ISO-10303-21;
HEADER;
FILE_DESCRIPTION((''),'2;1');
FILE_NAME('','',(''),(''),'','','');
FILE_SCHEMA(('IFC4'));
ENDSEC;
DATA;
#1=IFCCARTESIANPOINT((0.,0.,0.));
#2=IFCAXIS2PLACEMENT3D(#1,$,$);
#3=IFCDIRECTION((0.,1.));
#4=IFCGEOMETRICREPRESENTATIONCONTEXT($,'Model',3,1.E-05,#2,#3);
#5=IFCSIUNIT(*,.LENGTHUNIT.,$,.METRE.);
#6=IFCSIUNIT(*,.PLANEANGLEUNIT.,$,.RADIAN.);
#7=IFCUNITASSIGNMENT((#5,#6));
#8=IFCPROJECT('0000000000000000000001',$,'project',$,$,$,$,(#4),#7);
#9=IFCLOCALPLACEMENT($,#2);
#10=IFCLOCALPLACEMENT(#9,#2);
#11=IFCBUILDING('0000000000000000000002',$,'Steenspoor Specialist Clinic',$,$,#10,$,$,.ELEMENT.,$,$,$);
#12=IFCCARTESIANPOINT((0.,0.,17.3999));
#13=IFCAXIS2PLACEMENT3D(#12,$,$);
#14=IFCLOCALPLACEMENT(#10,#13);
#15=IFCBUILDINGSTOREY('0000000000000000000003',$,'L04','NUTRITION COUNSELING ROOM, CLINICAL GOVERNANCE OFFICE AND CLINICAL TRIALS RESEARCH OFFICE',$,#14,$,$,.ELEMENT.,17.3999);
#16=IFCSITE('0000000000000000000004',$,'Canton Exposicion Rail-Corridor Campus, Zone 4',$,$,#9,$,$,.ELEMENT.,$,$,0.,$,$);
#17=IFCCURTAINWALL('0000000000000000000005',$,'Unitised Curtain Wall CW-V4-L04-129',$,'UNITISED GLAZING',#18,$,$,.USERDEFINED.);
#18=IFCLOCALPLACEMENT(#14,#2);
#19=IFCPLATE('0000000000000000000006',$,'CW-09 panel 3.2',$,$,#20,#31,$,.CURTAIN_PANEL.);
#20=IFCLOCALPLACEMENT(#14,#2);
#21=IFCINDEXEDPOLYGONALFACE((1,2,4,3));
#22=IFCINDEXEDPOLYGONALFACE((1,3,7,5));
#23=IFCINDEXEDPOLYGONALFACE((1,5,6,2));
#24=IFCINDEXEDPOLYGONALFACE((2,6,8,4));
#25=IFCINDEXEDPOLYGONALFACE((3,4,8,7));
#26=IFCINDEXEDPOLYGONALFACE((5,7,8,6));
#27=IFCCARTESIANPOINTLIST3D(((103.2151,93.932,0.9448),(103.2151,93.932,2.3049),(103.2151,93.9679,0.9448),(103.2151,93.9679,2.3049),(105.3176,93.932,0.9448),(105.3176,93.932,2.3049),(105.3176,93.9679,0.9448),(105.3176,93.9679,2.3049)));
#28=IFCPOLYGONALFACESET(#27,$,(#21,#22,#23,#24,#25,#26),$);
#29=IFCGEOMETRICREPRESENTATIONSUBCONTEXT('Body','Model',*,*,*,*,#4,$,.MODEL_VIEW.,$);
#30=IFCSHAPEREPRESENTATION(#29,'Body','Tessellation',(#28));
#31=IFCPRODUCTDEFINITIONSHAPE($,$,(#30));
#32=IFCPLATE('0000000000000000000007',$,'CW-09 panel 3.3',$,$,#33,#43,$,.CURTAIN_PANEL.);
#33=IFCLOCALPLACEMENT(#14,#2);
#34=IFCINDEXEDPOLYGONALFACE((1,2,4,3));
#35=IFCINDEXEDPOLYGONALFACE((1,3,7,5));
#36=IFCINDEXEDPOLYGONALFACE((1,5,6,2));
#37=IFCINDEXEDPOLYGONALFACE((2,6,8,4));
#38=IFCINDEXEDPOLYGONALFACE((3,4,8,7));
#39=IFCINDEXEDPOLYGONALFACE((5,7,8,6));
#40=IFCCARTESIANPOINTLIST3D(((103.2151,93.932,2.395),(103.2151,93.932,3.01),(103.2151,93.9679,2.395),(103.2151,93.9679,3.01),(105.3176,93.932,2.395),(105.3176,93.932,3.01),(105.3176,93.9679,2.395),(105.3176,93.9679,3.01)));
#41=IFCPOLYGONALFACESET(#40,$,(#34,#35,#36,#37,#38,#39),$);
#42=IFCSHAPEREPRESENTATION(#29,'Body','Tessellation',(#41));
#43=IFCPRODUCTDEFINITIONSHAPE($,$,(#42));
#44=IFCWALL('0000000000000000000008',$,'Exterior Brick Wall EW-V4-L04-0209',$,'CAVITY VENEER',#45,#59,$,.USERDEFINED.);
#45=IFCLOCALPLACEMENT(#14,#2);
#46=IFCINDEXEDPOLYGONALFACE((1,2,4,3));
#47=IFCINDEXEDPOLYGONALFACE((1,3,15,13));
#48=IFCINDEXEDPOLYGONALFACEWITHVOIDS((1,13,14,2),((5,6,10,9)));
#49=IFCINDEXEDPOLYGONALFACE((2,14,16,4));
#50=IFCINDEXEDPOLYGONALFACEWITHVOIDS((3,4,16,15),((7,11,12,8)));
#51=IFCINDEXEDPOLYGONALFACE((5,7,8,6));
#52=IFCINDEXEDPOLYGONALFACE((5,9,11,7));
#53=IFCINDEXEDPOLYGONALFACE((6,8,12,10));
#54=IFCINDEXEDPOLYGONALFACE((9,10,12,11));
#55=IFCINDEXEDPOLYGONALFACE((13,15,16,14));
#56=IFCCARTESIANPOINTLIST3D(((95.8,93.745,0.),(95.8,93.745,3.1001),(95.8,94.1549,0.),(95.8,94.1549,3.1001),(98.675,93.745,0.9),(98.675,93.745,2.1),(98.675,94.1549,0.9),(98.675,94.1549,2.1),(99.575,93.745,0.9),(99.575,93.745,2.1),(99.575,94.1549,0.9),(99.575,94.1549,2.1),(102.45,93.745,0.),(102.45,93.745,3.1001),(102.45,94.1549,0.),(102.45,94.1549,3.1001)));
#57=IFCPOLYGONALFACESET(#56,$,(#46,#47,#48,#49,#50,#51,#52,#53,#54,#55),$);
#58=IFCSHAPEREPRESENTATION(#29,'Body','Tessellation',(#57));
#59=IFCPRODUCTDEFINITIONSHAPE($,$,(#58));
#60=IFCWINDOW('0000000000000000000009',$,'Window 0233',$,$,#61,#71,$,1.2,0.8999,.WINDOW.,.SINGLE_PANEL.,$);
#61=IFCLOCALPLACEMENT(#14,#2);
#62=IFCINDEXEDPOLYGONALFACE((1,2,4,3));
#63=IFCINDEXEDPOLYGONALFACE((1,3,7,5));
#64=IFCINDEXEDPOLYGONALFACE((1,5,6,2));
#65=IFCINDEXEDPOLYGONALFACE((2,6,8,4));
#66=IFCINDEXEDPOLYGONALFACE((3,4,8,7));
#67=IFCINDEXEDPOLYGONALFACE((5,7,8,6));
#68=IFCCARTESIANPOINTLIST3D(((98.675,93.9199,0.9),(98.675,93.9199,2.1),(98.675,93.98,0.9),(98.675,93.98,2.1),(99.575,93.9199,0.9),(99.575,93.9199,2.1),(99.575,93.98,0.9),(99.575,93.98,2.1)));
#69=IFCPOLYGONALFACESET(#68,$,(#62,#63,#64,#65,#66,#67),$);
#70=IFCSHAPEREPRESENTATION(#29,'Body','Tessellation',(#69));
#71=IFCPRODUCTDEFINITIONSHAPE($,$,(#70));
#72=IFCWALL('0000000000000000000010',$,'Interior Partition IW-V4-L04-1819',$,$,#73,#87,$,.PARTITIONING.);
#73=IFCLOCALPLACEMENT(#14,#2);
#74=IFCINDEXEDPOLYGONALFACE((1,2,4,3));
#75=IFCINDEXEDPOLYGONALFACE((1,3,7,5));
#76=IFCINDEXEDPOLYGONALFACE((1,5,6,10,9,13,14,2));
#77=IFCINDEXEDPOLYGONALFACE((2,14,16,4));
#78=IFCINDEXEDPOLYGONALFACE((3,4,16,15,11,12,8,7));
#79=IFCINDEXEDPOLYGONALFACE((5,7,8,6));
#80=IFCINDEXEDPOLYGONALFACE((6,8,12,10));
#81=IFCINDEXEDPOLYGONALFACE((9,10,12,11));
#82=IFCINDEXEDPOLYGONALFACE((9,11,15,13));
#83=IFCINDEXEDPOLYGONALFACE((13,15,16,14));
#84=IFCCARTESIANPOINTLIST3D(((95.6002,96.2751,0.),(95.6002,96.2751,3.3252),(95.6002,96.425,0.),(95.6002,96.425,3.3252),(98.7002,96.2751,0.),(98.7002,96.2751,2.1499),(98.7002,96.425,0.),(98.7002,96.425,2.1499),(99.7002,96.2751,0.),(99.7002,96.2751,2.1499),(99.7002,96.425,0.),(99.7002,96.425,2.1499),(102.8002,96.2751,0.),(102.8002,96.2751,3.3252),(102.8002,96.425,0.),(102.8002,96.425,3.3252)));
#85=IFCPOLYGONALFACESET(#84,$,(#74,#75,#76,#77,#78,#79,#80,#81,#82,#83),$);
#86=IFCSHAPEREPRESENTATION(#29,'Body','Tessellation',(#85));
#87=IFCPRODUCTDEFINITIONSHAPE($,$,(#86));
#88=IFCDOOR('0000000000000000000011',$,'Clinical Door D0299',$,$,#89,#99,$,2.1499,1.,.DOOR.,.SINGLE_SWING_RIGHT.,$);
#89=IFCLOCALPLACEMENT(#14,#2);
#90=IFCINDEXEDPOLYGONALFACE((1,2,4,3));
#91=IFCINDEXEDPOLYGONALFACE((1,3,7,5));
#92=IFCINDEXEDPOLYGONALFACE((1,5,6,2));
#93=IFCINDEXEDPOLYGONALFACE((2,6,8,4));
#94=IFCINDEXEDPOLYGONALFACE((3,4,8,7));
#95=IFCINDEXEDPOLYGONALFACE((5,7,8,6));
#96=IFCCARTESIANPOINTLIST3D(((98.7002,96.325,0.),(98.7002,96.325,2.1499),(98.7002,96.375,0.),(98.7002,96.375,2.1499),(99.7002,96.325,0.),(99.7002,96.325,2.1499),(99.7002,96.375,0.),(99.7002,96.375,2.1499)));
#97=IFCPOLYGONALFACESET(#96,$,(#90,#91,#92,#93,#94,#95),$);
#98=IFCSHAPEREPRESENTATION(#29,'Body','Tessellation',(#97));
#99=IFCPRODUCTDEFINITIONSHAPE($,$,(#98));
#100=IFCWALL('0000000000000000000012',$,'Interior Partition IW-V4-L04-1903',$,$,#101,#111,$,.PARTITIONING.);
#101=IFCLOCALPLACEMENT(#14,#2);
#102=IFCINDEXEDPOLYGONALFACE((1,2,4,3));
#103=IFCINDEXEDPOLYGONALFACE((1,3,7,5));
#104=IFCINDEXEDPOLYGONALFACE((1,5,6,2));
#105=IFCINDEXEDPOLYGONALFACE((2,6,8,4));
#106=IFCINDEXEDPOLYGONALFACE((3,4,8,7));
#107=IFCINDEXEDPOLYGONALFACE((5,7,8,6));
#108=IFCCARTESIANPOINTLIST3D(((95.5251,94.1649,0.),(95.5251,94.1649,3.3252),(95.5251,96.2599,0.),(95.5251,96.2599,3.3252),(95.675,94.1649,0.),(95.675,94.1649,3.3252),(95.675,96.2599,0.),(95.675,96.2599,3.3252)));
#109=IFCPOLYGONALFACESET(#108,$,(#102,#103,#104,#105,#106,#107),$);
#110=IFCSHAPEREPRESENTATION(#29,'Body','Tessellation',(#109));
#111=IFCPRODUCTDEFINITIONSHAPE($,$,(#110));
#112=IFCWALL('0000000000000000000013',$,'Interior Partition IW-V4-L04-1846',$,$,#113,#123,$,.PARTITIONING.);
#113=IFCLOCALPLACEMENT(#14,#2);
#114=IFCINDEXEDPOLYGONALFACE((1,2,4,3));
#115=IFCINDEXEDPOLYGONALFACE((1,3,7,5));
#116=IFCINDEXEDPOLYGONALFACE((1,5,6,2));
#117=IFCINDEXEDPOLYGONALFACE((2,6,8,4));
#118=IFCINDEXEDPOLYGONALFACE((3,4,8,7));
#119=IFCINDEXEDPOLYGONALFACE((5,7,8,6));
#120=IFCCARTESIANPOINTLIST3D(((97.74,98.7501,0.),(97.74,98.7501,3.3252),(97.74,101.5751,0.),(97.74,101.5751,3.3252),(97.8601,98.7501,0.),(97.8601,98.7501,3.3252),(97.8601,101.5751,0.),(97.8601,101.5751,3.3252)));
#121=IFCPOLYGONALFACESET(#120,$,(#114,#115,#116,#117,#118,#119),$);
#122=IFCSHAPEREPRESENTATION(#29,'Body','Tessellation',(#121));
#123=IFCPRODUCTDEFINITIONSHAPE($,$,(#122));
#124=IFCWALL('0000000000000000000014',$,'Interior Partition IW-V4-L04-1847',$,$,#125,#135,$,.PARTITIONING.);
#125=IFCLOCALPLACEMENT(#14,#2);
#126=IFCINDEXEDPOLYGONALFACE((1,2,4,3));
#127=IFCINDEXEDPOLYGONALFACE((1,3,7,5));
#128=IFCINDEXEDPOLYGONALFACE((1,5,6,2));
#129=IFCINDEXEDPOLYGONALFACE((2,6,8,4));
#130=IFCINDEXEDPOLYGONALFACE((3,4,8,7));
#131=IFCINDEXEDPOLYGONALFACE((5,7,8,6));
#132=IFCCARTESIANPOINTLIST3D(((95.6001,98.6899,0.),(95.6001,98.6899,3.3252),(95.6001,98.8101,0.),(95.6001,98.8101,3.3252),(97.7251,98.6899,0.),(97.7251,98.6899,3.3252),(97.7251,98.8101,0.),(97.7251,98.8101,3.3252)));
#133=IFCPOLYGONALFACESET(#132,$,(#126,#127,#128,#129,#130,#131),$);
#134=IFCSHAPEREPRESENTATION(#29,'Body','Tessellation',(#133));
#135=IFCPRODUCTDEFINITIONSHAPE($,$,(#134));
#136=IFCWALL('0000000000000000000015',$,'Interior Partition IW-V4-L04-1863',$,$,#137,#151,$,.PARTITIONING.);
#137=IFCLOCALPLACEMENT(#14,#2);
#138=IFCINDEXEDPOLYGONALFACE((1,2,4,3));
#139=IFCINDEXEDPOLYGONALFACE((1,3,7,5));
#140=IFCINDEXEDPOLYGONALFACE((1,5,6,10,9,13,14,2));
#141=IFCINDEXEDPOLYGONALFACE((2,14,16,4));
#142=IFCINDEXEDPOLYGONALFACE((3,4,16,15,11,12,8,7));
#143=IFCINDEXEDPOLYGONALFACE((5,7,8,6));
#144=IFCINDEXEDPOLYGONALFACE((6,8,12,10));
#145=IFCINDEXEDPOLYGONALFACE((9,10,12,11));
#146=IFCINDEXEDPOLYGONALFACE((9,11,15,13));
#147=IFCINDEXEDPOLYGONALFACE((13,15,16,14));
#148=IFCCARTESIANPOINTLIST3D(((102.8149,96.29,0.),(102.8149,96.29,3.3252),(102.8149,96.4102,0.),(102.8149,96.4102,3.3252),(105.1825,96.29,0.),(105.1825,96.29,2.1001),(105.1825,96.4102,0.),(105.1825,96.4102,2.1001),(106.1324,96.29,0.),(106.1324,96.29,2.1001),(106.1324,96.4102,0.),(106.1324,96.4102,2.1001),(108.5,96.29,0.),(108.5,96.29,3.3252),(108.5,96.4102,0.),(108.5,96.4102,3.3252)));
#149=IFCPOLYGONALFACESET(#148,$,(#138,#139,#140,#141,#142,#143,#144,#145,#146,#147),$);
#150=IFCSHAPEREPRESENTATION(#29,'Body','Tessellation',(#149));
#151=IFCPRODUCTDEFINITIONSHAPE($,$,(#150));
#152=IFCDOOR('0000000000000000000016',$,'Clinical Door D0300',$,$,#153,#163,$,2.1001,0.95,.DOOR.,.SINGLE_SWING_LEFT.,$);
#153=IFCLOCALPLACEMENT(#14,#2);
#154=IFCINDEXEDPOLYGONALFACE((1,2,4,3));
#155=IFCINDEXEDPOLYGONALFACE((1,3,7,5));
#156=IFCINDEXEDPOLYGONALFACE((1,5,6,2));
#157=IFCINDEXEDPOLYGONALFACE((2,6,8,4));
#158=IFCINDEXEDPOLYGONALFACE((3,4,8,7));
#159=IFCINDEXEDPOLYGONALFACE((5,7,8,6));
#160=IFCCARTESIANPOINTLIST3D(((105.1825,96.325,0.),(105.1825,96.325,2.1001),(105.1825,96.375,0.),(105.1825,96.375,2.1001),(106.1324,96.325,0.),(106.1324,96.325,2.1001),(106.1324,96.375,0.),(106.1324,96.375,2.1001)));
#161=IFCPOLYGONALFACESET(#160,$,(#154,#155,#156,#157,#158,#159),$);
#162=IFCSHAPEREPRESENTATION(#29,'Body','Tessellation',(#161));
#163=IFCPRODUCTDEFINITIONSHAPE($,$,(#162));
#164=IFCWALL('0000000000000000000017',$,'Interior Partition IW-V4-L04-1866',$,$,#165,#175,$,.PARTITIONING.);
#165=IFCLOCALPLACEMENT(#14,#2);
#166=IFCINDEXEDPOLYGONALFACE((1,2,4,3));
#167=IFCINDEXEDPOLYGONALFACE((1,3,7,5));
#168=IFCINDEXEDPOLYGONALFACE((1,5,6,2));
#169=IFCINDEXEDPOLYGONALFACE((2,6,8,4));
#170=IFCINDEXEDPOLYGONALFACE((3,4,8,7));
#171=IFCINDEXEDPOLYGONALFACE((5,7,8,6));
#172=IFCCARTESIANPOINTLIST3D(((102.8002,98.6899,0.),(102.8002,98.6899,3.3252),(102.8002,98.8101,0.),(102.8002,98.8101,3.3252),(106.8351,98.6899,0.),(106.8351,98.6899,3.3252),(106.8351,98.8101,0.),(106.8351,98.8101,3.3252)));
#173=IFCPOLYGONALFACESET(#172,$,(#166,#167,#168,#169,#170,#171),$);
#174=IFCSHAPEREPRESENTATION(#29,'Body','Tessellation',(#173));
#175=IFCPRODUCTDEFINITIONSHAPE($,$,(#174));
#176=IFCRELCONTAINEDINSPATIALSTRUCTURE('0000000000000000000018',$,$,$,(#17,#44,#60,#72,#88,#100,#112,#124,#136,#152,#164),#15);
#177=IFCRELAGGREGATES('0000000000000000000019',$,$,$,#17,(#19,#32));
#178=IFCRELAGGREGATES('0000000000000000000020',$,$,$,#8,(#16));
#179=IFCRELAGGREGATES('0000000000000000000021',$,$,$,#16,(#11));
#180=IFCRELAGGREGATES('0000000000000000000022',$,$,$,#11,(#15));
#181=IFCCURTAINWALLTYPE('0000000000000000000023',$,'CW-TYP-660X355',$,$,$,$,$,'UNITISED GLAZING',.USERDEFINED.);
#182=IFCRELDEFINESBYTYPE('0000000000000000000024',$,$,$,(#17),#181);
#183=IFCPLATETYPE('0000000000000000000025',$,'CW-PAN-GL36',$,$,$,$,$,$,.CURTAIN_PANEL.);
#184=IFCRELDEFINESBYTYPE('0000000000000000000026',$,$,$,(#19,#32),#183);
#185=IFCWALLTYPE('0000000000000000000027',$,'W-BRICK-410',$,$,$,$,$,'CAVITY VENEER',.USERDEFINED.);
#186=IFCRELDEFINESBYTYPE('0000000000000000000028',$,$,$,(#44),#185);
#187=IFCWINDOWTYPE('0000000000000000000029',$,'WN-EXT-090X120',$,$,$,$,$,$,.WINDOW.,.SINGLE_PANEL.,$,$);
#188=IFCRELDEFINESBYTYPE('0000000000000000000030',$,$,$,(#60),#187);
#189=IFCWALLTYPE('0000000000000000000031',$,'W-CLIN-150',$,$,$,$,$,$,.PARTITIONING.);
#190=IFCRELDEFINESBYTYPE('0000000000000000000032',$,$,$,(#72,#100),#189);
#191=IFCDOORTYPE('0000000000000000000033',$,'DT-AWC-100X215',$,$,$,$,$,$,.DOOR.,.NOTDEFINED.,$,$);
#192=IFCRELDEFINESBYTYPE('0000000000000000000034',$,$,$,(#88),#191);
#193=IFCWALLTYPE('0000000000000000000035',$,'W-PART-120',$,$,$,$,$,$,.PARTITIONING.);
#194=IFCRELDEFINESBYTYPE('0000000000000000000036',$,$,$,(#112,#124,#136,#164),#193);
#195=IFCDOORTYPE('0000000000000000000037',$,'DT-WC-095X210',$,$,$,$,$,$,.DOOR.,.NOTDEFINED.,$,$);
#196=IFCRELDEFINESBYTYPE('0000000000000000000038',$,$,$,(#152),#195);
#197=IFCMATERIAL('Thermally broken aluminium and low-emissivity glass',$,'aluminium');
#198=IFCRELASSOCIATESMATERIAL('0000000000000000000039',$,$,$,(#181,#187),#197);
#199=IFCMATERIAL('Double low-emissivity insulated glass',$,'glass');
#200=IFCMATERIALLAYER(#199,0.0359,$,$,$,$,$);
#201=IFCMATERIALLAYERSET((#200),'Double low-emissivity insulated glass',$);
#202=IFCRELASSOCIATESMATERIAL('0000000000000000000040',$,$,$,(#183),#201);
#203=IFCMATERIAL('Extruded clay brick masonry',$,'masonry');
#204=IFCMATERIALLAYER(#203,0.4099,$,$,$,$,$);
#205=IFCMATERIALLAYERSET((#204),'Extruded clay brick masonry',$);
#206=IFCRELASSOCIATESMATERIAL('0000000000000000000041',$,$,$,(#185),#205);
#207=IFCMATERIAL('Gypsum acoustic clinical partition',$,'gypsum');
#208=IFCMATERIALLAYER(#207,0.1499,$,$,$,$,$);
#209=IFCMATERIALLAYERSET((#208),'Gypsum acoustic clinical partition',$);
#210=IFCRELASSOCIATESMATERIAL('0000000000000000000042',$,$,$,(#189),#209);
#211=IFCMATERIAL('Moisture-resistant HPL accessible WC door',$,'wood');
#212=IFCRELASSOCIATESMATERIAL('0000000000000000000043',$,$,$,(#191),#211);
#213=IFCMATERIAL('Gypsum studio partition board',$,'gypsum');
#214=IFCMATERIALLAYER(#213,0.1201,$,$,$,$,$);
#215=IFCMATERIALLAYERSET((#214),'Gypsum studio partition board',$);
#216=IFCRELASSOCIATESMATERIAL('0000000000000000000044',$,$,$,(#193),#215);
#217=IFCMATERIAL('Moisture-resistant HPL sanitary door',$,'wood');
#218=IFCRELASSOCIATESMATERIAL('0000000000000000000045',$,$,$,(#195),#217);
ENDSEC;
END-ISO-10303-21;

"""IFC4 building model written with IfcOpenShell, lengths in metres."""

from ifc_helpers import new_model, si_unit, direction, frame, frame_2d, origin, origin_2d, place, context, subcontext, project, spatial, rectangle, extrude, material, layer, layer_set, type_object, element, fill, aggregate, save


model = new_model("IFC4")

# Units and contexts
model_context = context("Model", 3, precision=1e-05, world=origin(), true_north=direction((0.0, 1.0)))
body_context = subcontext(model_context, "Body", "Model", "MODEL_VIEW")
ifc_project = project(units=[si_unit("LENGTHUNIT", "METRE"), si_unit("PLANEANGLEUNIT", "RADIAN")], contexts=[model_context])

# Site, building, storey
site_placement = place(None, origin())
site = spatial("IfcSite", under=ifc_project, at=site_placement, Name="Canton Exposicion Rail-Corridor Campus, Zone 4", CompositionType="ELEMENT", RefElevation=0.0)
building_placement = place(site_placement, origin())
building = spatial("IfcBuilding", under=site, at=building_placement, Name="Steenspoor Specialist Clinic", CompositionType="ELEMENT")
storey_placement = place(building_placement, frame((0.0, 0.0, 17.3999)))
storey = spatial("IfcBuildingStorey", under=building, at=storey_placement, Name="L04", Description="NUTRITION COUNSELING ROOM, CLINICAL GOVERNANCE OFFICE AND CLINICAL TRIALS RESEARCH OFFICE", CompositionType="ELEMENT", Elevation=17.3999)

# Curtain wall
ifc_material_1 = material(Name="Thermally broken aluminium and low-emissivity glass", Category="aluminium")
curtain_wall_type = type_object("IfcCurtainWallType", Name="CW-TYP-660X355", ElementType="UNITISED GLAZING", PredefinedType="USERDEFINED", material=ifc_material_1)
curtain_wall_placement = place(storey_placement, origin())
curtain_wall = element("IfcCurtainWall", 1, at=curtain_wall_placement, inside=storey, type_object=curtain_wall_type, Name="Unitised Curtain Wall CW-V4-L04-129", ObjectType="UNITISED GLAZING", PredefinedType="USERDEFINED")

# Plates
ifc_material_2 = material(Name="Double low-emissivity insulated glass", Category="glass")
ifc_layer_1 = layer(ifc_material_2, 0.0359)
ifc_layer_set_1 = layer_set([ifc_layer_1], Name="Double low-emissivity insulated glass")
plate_type = type_object("IfcPlateType", Name="CW-PAN-GL36", PredefinedType="CURTAIN_PANEL", material=ifc_layer_set_1)
plate_1_placement = place(storey_placement, frame((104.2664, 93.95, 0.9448), z_axis=(0.0, 0.0, 1.0), x_axis=(-1.0, 0.0, 0.0)))
plate_1 = element("IfcPlate", 2, at=plate_1_placement, type_object=plate_type, Name="CW-09 panel 3.2", PredefinedType="CURTAIN_PANEL", context=body_context, shape_type="SweptSolid", body=[
    extrude(rectangle(XDim=2.1025, YDim=0.0359, at=origin_2d()), origin(), (0.0, 0.0, 1.0), 1.3601),
])
plate_2_placement = place(storey_placement, frame((104.2664, 93.95, 2.395), z_axis=(0.0, 0.0, 1.0), x_axis=(-1.0, 0.0, 0.0)))
plate_2 = element("IfcPlate", 3, at=plate_2_placement, type_object=plate_type, Name="CW-09 panel 3.3", PredefinedType="CURTAIN_PANEL", context=body_context, shape_type="SweptSolid", body=[
    extrude(rectangle(XDim=2.1025, YDim=0.0359, at=origin_2d()), origin(), (0.0, 0.0, 1.0), 0.615),
])
aggregate(curtain_wall, [plate_1, plate_2])

# Wall, opening, window
ifc_material_3 = material(Name="Extruded clay brick masonry", Category="masonry")
ifc_layer_2 = layer(ifc_material_3, 0.4099)
ifc_layer_set_2 = layer_set([ifc_layer_2], Name="Extruded clay brick masonry")
wall_type_1 = type_object("IfcWallType", Name="W-BRICK-410", ElementType="CAVITY VENEER", PredefinedType="USERDEFINED", material=ifc_layer_set_2)
wall_1_placement = place(storey_placement, frame((102.45, 93.95, 0.0), z_axis=(0.0, 0.0, 1.0), x_axis=(-1.0, 0.0, 0.0)))
wall_1 = element("IfcWall", 4, at=wall_1_placement, inside=storey, type_object=wall_type_1, Name="Exterior Brick Wall EW-V4-L04-0209", ObjectType="CAVITY VENEER", PredefinedType="USERDEFINED", context=body_context, shape_type="SweptSolid", body=[
    extrude(rectangle(XDim=6.6499, YDim=0.4099, at=frame_2d((3.325, 0.0))), origin(), (0.0, 0.0, 1.0), 3.1001),
])
opening_1_placement = place(wall_1_placement, frame((2.875, 0.0, 0.8999)))
opening_1 = element("IfcOpeningElement", 5, at=opening_1_placement, cuts=wall_1, PredefinedType="OPENING", context=body_context, shape_type="SweptSolid", body=[
    extrude(rectangle(XDim=0.8999, YDim=1.2, at=frame_2d((0.45, 0.6001))), frame((0.0, 0.2148, 0.0), z_axis=(0.0, -1.0, 0.0), x_axis=(1.0, 0.0, 0.0)), (0.0, 0.0, 1.0), 0.4299),
])
window_type = type_object("IfcWindowType", Name="WN-EXT-090X120", PartitioningType="SINGLE_PANEL", PredefinedType="WINDOW", material=ifc_material_1)
window_placement = place(opening_1_placement, origin())
window = element("IfcWindow", 6, at=window_placement, inside=storey, type_object=window_type, Name="Window 0233", OverallHeight=1.2, OverallWidth=0.8999, PartitioningType="SINGLE_PANEL", PredefinedType="WINDOW", context=body_context, shape_type="SweptSolid", body=[
    extrude(rectangle(XDim=0.8999, YDim=1.2, at=frame_2d((0.45, 0.6001))), frame((0.0, 0.03, 0.0), z_axis=(0.0, -1.0, 0.0), x_axis=(1.0, 0.0, 0.0)), (0.0, 0.0, 1.0), 0.0601),
])
fill(opening_1, window)

# Wall, opening, door
ifc_material_4 = material(Name="Gypsum acoustic clinical partition", Category="gypsum")
ifc_layer_3 = layer(ifc_material_4, 0.1499)
ifc_layer_set_3 = layer_set([ifc_layer_3], Name="Gypsum acoustic clinical partition")
wall_type_2 = type_object("IfcWallType", Name="W-CLIN-150", PredefinedType="PARTITIONING", material=ifc_layer_set_3)
wall_2_placement = place(storey_placement, frame((95.6001, 96.3501, 0.0), z_axis=(0.0, 0.0, 1.0), x_axis=(1.0, 0.0, 0.0)))
wall_2 = element("IfcWall", 7, at=wall_2_placement, inside=storey, type_object=wall_type_2, Name="Interior Partition IW-V4-L04-1819", PredefinedType="PARTITIONING", context=body_context, shape_type="SweptSolid", body=[
    extrude(rectangle(XDim=7.2, YDim=0.1499, at=frame_2d((3.6001, 0.0))), origin(), (0.0, 0.0, 1.0), 3.3252),
])
opening_2_placement = place(wall_2_placement, frame((3.1001, 0.0, 0.0)))
opening_2 = element("IfcOpeningElement", 8, at=opening_2_placement, cuts=wall_2, PredefinedType="OPENING", context=body_context, shape_type="SweptSolid", body=[
    extrude(rectangle(XDim=1.0, YDim=2.1499, at=frame_2d((0.5, 1.075))), frame((0.0, 0.085, 0.0), z_axis=(0.0, -1.0, 0.0), x_axis=(1.0, 0.0, 0.0)), (0.0, 0.0, 1.0), 0.1699),
])
ifc_material_5 = material(Name="Moisture-resistant HPL accessible WC door", Category="wood")
door_type_1 = type_object("IfcDoorType", Name="DT-AWC-100X215", OperationType="NOTDEFINED", PredefinedType="DOOR", material=ifc_material_5)
door_1_placement = place(opening_2_placement, origin())
door_1 = element("IfcDoor", 9, at=door_1_placement, inside=storey, type_object=door_type_1, Name="Clinical Door D0299", OperationType="SINGLE_SWING_RIGHT", OverallHeight=2.1499, OverallWidth=1.0, PredefinedType="DOOR", context=body_context, shape_type="SweptSolid", body=[
    extrude(rectangle(XDim=1.0, YDim=2.1499, at=frame_2d((0.5, 1.075))), frame((0.0, 0.0249, 0.0), z_axis=(0.0, -1.0, 0.0), x_axis=(1.0, 0.0, 0.0)), (0.0, 0.0, 1.0), 0.05),
])
fill(opening_2, door_1)

# Walls
wall_3_placement = place(storey_placement, frame((95.6001, 94.165, 0.0), z_axis=(0.0, 0.0, 1.0), x_axis=(0.0, 1.0, 0.0)))
element("IfcWall", 10, at=wall_3_placement, inside=storey, type_object=wall_type_2, Name="Interior Partition IW-V4-L04-1903", PredefinedType="PARTITIONING", context=body_context, shape_type="SweptSolid", body=[
    extrude(rectangle(XDim=2.095, YDim=0.1499, at=frame_2d((1.0474, 0.0))), origin(), (0.0, 0.0, 1.0), 3.3252),
])
ifc_material_6 = material(Name="Gypsum studio partition board", Category="gypsum")
ifc_layer_4 = layer(ifc_material_6, 0.1201)
ifc_layer_set_4 = layer_set([ifc_layer_4], Name="Gypsum studio partition board")
wall_type_3 = type_object("IfcWallType", Name="W-PART-120", PredefinedType="PARTITIONING", material=ifc_layer_set_4)
wall_4_placement = place(storey_placement, frame((97.8, 98.75, 0.0), z_axis=(0.0, 0.0, 1.0), x_axis=(0.0, 1.0, 0.0)))
element("IfcWall", 11, at=wall_4_placement, inside=storey, type_object=wall_type_3, Name="Interior Partition IW-V4-L04-1846", PredefinedType="PARTITIONING", context=body_context, shape_type="SweptSolid", body=[
    extrude(rectangle(XDim=2.825, YDim=0.1201, at=frame_2d((1.4126, 0.0))), origin(), (0.0, 0.0, 1.0), 3.3252),
])
wall_5_placement = place(storey_placement, frame((95.6001, 98.75, 0.0), z_axis=(0.0, 0.0, 1.0), x_axis=(1.0, 0.0, 0.0)))
element("IfcWall", 12, at=wall_5_placement, inside=storey, type_object=wall_type_3, Name="Interior Partition IW-V4-L04-1847", PredefinedType="PARTITIONING", context=body_context, shape_type="SweptSolid", body=[
    extrude(rectangle(XDim=2.125, YDim=0.1201, at=frame_2d((1.0625, 0.0))), origin(), (0.0, 0.0, 1.0), 3.3252),
])

# Wall, opening, door
wall_6_placement = place(storey_placement, frame((102.8149, 96.3501, 0.0), z_axis=(0.0, 0.0, 1.0), x_axis=(1.0, 0.0, 0.0)))
wall_6 = element("IfcWall", 13, at=wall_6_placement, inside=storey, type_object=wall_type_3, Name="Interior Partition IW-V4-L04-1863", PredefinedType="PARTITIONING", context=body_context, shape_type="SweptSolid", body=[
    extrude(rectangle(XDim=5.6851, YDim=0.1201, at=frame_2d((2.8425, 0.0))), origin(), (0.0, 0.0, 1.0), 3.3252),
])
opening_3_placement = place(wall_6_placement, frame((2.3674, 0.0, 0.0)))
opening_3 = element("IfcOpeningElement", 14, at=opening_3_placement, cuts=wall_6, PredefinedType="OPENING", context=body_context, shape_type="SweptSolid", body=[
    extrude(rectangle(XDim=0.95, YDim=2.1001, at=frame_2d((0.4751, 1.05))), frame((0.0, 0.0701, 0.0), z_axis=(0.0, -1.0, 0.0), x_axis=(1.0, 0.0, 0.0)), (0.0, 0.0, 1.0), 0.1401),
])
ifc_material_7 = material(Name="Moisture-resistant HPL sanitary door", Category="wood")
door_type_2 = type_object("IfcDoorType", Name="DT-WC-095X210", OperationType="NOTDEFINED", PredefinedType="DOOR", material=ifc_material_7)
door_2_placement = place(opening_3_placement, origin())
door_2 = element("IfcDoor", 15, at=door_2_placement, inside=storey, type_object=door_type_2, Name="Clinical Door D0300", OperationType="SINGLE_SWING_LEFT", OverallHeight=2.1001, OverallWidth=0.95, PredefinedType="DOOR", context=body_context, shape_type="SweptSolid", body=[
    extrude(rectangle(XDim=0.95, YDim=2.1001, at=frame_2d((0.4751, 1.05))), frame((0.0, 0.0249, 0.0), z_axis=(0.0, -1.0, 0.0), x_axis=(1.0, 0.0, 0.0)), (0.0, 0.0, 1.0), 0.05),
])
fill(opening_3, door_2)

# Wall
wall_7_placement = place(storey_placement, frame((102.8, 98.75, 0.0), z_axis=(0.0, 0.0, 1.0), x_axis=(1.0, 0.0, 0.0)))
element("IfcWall", 16, at=wall_7_placement, inside=storey, type_object=wall_type_3, Name="Interior Partition IW-V4-L04-1866", PredefinedType="PARTITIONING", context=body_context, shape_type="SweptSolid", body=[
    extrude(rectangle(XDim=4.0349, YDim=0.1201, at=frame_2d((2.0176, 0.0))), origin(), (0.0, 0.0, 1.0), 3.3252),
])

save(model, "model.ifc")
